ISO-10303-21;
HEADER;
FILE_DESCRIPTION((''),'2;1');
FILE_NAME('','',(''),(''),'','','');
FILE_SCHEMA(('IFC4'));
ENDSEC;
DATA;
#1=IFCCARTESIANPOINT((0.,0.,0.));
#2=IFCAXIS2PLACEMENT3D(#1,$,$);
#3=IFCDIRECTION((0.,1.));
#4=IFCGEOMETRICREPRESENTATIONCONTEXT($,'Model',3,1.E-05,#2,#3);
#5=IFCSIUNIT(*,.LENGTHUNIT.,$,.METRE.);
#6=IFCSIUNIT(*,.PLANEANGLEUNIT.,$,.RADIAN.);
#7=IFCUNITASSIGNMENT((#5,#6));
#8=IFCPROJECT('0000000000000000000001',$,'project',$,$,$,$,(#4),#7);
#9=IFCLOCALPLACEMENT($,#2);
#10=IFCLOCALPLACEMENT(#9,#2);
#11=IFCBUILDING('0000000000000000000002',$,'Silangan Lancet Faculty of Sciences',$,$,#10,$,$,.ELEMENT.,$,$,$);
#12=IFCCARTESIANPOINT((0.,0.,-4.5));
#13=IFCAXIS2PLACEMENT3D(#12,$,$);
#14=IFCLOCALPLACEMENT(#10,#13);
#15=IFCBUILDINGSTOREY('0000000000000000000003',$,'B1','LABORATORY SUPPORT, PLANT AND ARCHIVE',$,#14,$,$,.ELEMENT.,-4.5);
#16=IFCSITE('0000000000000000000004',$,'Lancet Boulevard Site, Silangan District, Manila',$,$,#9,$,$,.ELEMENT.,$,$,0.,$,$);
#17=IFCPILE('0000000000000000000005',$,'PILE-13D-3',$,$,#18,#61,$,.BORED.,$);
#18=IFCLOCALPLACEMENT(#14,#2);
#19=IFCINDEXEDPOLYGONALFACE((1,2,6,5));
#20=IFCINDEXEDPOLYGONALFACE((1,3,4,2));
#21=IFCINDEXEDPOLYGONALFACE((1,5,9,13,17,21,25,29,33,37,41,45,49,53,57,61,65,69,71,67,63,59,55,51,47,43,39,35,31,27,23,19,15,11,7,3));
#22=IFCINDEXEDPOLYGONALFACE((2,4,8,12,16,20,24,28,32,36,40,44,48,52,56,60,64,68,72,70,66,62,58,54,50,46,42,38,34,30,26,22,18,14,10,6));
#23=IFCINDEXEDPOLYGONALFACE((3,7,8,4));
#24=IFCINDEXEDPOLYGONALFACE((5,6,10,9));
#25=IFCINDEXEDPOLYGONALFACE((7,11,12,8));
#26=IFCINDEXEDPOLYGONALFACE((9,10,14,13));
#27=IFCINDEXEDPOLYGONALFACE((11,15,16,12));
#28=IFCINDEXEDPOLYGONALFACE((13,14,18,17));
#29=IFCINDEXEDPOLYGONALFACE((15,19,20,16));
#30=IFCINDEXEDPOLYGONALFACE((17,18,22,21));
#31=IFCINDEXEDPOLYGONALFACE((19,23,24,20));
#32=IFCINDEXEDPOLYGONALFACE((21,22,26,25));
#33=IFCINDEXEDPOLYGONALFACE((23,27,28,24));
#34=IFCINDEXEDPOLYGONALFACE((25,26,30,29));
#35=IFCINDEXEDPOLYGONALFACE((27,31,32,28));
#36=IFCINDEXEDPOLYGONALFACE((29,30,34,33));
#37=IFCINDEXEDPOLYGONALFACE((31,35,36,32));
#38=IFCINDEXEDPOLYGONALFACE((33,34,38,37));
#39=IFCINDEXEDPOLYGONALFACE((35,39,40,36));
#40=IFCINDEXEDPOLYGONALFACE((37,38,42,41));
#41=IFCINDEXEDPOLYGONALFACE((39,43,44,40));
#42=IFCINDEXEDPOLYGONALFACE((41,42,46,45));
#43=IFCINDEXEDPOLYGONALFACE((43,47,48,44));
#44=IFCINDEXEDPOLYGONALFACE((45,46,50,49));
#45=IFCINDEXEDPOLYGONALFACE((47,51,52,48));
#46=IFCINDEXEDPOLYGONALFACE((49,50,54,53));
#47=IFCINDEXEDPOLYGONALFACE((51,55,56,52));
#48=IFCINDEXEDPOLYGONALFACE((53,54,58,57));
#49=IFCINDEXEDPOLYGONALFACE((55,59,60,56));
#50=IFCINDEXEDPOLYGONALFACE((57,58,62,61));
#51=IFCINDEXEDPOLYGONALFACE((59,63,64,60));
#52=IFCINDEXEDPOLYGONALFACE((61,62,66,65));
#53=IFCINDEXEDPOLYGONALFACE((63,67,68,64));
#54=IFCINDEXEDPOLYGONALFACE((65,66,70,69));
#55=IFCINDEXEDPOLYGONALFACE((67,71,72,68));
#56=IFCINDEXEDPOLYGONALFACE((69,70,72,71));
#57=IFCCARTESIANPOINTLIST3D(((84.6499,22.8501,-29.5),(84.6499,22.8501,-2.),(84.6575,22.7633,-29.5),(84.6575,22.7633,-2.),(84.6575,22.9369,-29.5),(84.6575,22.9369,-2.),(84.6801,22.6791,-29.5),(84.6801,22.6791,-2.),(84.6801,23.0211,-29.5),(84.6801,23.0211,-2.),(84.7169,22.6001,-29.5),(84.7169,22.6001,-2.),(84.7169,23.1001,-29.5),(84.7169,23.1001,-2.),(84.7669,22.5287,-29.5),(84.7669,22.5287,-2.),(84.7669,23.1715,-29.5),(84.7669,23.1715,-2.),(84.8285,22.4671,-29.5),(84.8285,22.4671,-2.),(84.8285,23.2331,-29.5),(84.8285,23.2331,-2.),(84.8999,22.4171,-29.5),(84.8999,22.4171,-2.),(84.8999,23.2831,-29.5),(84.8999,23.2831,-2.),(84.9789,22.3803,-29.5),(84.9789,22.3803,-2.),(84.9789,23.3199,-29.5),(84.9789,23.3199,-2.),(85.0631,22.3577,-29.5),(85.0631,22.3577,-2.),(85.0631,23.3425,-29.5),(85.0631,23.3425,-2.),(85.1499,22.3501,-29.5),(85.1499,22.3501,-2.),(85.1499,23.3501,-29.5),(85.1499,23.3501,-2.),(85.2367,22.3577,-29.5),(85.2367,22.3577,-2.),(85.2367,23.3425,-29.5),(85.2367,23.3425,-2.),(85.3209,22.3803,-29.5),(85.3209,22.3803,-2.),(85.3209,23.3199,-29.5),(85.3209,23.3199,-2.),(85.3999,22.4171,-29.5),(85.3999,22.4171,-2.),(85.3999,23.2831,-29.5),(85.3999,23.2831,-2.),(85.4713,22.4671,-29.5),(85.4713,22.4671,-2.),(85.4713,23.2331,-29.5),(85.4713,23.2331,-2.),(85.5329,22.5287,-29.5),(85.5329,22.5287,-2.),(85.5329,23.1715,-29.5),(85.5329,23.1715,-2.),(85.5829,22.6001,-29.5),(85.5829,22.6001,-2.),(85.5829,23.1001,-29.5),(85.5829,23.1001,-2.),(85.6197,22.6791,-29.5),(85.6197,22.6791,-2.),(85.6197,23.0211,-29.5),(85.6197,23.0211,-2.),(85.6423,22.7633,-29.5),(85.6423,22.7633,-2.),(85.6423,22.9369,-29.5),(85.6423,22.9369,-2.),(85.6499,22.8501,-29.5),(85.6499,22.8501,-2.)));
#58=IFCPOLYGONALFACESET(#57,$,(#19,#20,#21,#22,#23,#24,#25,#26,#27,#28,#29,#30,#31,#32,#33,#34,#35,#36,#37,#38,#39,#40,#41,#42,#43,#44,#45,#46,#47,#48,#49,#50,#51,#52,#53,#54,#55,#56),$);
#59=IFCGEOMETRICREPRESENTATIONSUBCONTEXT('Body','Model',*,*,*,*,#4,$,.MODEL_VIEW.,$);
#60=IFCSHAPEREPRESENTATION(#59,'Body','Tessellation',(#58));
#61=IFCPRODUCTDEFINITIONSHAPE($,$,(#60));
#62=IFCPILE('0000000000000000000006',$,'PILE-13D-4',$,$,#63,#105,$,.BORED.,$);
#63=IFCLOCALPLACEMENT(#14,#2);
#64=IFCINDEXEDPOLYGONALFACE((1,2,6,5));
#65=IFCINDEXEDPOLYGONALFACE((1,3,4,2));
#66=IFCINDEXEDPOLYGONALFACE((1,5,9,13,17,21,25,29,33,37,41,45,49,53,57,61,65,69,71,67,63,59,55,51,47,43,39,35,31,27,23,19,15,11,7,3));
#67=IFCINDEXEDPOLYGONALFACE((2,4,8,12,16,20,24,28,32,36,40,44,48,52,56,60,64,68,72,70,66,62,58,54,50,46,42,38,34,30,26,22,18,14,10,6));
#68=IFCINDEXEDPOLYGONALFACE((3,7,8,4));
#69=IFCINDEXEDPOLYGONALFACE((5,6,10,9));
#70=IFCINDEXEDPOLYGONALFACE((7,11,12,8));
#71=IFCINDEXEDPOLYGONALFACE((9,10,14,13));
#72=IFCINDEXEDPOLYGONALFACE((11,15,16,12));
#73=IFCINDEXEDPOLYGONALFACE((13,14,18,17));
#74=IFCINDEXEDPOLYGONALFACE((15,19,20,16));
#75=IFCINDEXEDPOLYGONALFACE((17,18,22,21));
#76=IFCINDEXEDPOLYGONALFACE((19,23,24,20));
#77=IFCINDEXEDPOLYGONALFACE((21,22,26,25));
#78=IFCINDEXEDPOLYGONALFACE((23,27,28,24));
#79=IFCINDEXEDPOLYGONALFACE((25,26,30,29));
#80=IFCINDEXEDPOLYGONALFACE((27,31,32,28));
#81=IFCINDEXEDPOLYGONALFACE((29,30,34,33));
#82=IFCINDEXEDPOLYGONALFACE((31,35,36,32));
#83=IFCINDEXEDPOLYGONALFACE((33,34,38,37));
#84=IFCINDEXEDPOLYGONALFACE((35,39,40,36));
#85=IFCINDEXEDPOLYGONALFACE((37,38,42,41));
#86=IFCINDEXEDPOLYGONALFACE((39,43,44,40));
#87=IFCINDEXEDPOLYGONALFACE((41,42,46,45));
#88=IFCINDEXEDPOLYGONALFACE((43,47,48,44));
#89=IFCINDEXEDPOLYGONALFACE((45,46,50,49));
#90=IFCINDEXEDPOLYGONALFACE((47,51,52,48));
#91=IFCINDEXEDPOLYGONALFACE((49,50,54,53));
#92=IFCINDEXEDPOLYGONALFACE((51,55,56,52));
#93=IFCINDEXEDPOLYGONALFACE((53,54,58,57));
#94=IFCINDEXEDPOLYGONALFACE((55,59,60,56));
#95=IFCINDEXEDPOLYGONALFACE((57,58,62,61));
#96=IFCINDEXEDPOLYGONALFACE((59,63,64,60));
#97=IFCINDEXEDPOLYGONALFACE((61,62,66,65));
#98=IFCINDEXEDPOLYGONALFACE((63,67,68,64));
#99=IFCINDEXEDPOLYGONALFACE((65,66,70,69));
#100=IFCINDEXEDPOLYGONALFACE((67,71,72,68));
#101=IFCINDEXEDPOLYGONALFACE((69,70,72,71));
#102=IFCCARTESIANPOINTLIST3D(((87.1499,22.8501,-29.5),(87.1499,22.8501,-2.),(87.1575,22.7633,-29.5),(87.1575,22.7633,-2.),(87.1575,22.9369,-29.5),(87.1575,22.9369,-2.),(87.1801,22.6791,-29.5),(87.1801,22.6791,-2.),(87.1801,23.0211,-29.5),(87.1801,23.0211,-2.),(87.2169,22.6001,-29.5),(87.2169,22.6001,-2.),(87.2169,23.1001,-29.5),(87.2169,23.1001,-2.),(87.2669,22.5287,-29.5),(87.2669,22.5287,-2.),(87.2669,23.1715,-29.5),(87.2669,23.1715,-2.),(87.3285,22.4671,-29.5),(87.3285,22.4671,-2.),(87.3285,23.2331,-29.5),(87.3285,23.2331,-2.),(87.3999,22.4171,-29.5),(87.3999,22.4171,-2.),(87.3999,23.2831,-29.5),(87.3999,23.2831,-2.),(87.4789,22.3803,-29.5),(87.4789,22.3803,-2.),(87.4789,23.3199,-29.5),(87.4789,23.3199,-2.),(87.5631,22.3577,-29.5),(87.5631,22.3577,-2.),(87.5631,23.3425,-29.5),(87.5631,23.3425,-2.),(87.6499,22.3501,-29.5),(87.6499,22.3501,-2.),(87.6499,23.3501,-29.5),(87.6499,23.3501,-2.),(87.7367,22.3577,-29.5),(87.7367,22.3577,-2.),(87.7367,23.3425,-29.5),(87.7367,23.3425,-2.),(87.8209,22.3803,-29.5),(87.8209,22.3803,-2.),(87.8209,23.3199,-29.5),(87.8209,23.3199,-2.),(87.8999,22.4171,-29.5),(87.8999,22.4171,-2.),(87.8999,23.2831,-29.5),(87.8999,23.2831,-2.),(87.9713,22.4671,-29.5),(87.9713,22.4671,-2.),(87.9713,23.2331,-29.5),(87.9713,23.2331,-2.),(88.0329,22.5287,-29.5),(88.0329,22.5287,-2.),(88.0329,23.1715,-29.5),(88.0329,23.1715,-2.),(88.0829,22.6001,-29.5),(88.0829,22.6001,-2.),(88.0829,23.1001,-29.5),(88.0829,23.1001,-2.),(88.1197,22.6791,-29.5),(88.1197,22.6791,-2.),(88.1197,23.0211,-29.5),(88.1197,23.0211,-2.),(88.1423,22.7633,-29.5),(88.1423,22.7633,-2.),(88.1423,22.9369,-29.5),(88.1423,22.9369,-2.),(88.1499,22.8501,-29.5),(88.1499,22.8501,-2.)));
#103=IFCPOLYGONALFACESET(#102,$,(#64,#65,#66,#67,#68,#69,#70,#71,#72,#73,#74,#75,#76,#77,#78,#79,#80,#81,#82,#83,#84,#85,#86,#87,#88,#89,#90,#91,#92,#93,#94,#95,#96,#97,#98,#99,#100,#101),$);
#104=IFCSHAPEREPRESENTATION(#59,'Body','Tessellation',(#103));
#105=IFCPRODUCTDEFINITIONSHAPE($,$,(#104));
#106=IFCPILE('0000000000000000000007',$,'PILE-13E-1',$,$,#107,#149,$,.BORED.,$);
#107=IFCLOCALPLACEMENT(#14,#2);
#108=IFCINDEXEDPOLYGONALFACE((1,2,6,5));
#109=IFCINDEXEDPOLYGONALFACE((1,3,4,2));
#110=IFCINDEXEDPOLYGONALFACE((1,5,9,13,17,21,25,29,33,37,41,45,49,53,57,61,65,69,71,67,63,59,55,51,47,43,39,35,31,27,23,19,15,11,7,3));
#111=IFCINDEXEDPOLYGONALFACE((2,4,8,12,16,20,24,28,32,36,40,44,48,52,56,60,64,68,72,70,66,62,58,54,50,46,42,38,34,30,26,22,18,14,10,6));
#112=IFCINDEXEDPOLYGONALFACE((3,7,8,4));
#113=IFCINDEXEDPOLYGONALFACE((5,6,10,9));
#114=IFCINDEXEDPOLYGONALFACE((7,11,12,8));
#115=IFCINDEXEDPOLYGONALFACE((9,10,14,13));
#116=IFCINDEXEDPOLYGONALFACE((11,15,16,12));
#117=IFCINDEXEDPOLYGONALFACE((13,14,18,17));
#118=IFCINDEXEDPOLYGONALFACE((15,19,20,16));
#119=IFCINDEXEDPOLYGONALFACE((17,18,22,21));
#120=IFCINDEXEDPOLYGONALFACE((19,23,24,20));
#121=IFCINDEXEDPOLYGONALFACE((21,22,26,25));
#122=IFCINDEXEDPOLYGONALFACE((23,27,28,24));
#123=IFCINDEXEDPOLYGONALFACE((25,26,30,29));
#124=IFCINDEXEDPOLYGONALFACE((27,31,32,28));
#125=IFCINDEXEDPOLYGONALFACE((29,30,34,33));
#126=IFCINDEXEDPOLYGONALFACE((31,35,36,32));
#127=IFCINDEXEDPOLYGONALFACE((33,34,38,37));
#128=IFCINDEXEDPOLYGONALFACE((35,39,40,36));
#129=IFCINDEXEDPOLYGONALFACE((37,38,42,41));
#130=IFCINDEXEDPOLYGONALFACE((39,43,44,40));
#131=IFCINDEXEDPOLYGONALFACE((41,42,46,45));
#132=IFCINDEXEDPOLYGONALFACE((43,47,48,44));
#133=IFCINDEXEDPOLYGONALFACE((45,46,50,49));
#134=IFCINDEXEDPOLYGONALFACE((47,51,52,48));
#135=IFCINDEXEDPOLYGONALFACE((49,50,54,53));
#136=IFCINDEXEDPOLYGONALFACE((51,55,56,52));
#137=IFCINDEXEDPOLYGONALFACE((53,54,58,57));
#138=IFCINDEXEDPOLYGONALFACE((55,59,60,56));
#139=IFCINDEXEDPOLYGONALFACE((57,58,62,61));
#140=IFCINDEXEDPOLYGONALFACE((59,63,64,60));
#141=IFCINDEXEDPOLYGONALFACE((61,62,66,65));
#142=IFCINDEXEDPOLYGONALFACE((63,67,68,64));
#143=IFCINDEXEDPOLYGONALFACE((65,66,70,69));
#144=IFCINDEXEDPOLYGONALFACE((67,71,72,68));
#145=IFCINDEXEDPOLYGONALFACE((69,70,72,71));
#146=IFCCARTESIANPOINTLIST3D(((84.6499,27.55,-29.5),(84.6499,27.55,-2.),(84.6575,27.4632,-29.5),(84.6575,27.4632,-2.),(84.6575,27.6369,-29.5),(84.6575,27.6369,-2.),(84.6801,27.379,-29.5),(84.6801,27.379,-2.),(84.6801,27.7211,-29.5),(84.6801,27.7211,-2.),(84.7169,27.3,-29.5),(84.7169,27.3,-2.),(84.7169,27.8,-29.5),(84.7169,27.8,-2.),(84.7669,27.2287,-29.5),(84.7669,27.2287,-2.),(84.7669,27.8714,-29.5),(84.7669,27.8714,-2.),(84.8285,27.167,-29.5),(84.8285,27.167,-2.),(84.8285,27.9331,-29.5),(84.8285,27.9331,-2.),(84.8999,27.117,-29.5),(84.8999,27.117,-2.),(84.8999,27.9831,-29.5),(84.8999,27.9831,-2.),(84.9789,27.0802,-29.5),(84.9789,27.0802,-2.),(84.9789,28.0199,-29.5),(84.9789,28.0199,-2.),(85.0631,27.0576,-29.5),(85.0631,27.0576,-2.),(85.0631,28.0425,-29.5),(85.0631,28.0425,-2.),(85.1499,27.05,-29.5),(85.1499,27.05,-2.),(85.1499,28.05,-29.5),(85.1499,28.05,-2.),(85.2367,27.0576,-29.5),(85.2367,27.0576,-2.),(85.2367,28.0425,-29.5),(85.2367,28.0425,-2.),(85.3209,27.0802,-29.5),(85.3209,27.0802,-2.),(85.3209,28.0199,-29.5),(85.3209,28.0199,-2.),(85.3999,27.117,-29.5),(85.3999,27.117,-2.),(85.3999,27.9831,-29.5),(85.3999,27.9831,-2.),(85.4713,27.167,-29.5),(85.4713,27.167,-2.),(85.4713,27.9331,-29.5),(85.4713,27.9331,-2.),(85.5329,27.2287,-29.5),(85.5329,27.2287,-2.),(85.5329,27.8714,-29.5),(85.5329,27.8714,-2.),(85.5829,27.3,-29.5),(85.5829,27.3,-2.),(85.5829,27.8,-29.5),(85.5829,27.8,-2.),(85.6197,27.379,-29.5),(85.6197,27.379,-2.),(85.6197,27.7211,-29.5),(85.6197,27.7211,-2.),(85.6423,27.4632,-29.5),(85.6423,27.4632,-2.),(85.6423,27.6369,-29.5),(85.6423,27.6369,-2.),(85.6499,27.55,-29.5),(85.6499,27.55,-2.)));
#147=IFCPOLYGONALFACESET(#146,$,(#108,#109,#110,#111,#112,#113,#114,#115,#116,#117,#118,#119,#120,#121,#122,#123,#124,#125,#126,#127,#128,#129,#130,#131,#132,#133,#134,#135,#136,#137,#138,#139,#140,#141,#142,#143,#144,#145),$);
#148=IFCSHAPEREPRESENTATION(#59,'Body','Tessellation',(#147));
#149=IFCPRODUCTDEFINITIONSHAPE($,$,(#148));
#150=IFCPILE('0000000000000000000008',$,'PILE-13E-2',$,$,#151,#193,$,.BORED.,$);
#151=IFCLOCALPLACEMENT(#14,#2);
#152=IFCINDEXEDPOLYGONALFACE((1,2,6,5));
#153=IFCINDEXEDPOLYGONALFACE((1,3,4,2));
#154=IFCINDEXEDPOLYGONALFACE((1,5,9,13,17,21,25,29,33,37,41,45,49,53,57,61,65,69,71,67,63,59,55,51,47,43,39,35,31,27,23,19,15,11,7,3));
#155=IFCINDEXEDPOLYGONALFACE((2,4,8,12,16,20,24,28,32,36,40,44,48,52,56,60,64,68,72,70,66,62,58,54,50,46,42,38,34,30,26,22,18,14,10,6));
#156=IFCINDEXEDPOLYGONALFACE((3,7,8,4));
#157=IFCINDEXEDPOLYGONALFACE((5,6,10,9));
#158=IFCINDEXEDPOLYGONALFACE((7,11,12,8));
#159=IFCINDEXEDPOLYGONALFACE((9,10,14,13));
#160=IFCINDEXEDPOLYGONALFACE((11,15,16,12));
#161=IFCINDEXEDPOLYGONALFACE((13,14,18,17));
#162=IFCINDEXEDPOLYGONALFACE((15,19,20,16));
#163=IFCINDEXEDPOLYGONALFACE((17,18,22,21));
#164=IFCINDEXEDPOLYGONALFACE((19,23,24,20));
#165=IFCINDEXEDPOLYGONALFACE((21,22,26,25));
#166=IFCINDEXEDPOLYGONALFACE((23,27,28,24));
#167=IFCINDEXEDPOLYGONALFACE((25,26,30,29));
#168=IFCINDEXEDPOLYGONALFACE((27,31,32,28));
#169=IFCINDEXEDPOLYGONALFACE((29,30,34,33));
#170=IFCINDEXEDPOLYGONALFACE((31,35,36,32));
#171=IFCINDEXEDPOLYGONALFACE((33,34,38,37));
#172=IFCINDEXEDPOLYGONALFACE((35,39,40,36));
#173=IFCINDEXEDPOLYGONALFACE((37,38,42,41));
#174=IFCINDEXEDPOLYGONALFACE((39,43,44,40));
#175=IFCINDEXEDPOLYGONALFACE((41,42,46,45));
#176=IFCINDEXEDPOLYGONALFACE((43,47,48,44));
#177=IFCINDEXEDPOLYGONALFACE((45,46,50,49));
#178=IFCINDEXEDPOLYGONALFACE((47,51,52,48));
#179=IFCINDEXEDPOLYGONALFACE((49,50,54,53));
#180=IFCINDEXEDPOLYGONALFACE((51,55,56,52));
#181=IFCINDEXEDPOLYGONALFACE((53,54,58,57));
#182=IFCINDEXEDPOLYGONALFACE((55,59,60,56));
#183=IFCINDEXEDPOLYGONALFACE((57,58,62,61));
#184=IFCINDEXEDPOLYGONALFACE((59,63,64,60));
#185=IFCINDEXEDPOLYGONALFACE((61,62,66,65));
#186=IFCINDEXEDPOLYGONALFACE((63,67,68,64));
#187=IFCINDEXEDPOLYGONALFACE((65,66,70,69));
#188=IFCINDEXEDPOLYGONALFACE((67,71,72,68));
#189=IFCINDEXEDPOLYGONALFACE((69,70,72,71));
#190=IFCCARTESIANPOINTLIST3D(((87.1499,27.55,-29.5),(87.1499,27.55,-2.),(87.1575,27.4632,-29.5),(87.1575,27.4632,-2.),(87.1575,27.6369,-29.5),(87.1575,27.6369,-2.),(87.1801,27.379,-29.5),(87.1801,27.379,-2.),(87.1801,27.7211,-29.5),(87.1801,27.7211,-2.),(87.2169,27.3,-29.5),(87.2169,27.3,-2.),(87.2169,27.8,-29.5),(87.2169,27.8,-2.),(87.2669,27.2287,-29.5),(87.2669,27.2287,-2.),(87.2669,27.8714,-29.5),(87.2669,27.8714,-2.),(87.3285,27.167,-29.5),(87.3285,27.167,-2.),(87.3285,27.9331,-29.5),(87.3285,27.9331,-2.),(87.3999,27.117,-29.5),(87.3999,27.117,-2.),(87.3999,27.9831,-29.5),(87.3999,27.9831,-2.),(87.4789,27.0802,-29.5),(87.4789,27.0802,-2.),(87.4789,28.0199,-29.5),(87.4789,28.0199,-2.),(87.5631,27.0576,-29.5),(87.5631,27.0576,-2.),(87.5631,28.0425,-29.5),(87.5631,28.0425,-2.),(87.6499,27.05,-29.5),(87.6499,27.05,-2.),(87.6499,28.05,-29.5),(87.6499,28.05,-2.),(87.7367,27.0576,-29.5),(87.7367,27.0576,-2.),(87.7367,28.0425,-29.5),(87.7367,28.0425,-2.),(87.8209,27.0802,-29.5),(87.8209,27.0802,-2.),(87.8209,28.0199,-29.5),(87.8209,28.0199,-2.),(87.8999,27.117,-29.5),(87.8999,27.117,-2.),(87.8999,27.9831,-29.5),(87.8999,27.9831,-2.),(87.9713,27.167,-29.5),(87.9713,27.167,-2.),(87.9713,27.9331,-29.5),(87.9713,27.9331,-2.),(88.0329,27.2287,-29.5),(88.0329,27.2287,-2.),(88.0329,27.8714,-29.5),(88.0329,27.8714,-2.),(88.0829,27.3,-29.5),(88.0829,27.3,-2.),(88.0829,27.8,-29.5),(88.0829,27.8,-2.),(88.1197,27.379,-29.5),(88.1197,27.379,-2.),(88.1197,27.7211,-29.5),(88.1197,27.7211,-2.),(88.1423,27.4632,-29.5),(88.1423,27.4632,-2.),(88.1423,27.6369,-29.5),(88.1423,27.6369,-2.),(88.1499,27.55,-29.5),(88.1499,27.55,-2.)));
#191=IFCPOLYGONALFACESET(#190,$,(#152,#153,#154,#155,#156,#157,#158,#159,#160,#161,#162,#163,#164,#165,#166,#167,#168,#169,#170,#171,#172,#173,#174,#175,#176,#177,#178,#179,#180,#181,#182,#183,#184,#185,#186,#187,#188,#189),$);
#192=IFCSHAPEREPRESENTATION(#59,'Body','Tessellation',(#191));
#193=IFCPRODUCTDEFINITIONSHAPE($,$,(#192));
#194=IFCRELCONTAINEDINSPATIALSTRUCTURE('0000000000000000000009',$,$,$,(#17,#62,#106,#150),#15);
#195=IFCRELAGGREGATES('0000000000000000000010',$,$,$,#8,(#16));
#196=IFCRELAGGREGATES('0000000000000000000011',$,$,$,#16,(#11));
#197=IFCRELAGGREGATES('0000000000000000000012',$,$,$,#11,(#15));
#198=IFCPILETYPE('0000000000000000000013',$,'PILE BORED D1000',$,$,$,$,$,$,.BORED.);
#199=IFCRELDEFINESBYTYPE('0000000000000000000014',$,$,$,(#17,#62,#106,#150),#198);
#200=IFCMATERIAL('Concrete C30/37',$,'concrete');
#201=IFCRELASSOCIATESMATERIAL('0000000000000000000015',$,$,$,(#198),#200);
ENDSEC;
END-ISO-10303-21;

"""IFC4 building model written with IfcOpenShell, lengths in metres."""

from ifc_helpers import new_model, si_unit, direction, frame, origin, origin_2d, place, context, subcontext, project, spatial, circle, extrude, material, material_profile, profile_set, type_object, element, save


model = new_model("IFC4")

# Units and contexts
model_context = context("Model", 3, precision=1e-05, world=origin(), true_north=direction((0.0, 1.0)))
body_context = subcontext(model_context, "Body", "Model", "MODEL_VIEW")
ifc_project = project(units=[si_unit("LENGTHUNIT", "METRE"), si_unit("PLANEANGLEUNIT", "RADIAN")], contexts=[model_context])

# Site, building, storey
site_placement = place(None, origin())
site = spatial("IfcSite", under=ifc_project, at=site_placement, Name="Lancet Boulevard Site, Silangan District, Manila", CompositionType="ELEMENT", RefElevation=0.0)
building_placement = place(site_placement, origin())
building = spatial("IfcBuilding", under=site, at=building_placement, Name="Silangan Lancet Faculty of Sciences", CompositionType="ELEMENT")
storey_placement = place(building_placement, frame((0.0, 0.0, -4.5)))
storey = spatial("IfcBuildingStorey", under=building, at=storey_placement, Name="B1", Description="LABORATORY SUPPORT, PLANT AND ARCHIVE", CompositionType="ELEMENT", Elevation=-4.5)

# Piles
ifc_material_1 = material(Name="Concrete C30/37", Category="concrete")
ifc_material_profile_1 = material_profile(ifc_material_1, circle(Radius=0.5, at=origin_2d()), Name="BORED PILE D1000")
ifc_profile_set_1 = profile_set([ifc_material_profile_1], Name="Concrete C30/37")
pile_type_1 = type_object("IfcPileType", Name="PILE BORED D1000", PredefinedType="BORED", material=ifc_profile_set_1)
for number, where, z_axis, x_axis, name in (
    (1, (85.1499, 22.8501, -2.0), (0.0, 0.0, -1.0), (1.0, 0.0, 0.0), "PILE-13D-3"),
    (2, (87.6499, 22.8501, -2.0), (0.0, 0.0, -1.0), (1.0, 0.0, 0.0), "PILE-13D-4"),
    (3, (85.1499, 27.55, -2.0), (0.0, 0.0, -1.0), (1.0, 0.0, 0.0), "PILE-13E-1"),
    (4, (87.6499, 27.55, -2.0), (0.0, 0.0, -1.0), (1.0, 0.0, 0.0), "PILE-13E-2"),
):
    element("IfcPile", number, at=place(storey_placement, frame(where, z_axis=z_axis, x_axis=x_axis)), inside=storey, type_object=pile_type_1, Name=name, PredefinedType="BORED", context=body_context, shape_type="SweptSolid", body=[
        extrude(circle(Radius=0.5, at=origin_2d()), origin(), (0.0, 0.0, 1.0), 27.5),
    ])

save(model, "model.ifc")
